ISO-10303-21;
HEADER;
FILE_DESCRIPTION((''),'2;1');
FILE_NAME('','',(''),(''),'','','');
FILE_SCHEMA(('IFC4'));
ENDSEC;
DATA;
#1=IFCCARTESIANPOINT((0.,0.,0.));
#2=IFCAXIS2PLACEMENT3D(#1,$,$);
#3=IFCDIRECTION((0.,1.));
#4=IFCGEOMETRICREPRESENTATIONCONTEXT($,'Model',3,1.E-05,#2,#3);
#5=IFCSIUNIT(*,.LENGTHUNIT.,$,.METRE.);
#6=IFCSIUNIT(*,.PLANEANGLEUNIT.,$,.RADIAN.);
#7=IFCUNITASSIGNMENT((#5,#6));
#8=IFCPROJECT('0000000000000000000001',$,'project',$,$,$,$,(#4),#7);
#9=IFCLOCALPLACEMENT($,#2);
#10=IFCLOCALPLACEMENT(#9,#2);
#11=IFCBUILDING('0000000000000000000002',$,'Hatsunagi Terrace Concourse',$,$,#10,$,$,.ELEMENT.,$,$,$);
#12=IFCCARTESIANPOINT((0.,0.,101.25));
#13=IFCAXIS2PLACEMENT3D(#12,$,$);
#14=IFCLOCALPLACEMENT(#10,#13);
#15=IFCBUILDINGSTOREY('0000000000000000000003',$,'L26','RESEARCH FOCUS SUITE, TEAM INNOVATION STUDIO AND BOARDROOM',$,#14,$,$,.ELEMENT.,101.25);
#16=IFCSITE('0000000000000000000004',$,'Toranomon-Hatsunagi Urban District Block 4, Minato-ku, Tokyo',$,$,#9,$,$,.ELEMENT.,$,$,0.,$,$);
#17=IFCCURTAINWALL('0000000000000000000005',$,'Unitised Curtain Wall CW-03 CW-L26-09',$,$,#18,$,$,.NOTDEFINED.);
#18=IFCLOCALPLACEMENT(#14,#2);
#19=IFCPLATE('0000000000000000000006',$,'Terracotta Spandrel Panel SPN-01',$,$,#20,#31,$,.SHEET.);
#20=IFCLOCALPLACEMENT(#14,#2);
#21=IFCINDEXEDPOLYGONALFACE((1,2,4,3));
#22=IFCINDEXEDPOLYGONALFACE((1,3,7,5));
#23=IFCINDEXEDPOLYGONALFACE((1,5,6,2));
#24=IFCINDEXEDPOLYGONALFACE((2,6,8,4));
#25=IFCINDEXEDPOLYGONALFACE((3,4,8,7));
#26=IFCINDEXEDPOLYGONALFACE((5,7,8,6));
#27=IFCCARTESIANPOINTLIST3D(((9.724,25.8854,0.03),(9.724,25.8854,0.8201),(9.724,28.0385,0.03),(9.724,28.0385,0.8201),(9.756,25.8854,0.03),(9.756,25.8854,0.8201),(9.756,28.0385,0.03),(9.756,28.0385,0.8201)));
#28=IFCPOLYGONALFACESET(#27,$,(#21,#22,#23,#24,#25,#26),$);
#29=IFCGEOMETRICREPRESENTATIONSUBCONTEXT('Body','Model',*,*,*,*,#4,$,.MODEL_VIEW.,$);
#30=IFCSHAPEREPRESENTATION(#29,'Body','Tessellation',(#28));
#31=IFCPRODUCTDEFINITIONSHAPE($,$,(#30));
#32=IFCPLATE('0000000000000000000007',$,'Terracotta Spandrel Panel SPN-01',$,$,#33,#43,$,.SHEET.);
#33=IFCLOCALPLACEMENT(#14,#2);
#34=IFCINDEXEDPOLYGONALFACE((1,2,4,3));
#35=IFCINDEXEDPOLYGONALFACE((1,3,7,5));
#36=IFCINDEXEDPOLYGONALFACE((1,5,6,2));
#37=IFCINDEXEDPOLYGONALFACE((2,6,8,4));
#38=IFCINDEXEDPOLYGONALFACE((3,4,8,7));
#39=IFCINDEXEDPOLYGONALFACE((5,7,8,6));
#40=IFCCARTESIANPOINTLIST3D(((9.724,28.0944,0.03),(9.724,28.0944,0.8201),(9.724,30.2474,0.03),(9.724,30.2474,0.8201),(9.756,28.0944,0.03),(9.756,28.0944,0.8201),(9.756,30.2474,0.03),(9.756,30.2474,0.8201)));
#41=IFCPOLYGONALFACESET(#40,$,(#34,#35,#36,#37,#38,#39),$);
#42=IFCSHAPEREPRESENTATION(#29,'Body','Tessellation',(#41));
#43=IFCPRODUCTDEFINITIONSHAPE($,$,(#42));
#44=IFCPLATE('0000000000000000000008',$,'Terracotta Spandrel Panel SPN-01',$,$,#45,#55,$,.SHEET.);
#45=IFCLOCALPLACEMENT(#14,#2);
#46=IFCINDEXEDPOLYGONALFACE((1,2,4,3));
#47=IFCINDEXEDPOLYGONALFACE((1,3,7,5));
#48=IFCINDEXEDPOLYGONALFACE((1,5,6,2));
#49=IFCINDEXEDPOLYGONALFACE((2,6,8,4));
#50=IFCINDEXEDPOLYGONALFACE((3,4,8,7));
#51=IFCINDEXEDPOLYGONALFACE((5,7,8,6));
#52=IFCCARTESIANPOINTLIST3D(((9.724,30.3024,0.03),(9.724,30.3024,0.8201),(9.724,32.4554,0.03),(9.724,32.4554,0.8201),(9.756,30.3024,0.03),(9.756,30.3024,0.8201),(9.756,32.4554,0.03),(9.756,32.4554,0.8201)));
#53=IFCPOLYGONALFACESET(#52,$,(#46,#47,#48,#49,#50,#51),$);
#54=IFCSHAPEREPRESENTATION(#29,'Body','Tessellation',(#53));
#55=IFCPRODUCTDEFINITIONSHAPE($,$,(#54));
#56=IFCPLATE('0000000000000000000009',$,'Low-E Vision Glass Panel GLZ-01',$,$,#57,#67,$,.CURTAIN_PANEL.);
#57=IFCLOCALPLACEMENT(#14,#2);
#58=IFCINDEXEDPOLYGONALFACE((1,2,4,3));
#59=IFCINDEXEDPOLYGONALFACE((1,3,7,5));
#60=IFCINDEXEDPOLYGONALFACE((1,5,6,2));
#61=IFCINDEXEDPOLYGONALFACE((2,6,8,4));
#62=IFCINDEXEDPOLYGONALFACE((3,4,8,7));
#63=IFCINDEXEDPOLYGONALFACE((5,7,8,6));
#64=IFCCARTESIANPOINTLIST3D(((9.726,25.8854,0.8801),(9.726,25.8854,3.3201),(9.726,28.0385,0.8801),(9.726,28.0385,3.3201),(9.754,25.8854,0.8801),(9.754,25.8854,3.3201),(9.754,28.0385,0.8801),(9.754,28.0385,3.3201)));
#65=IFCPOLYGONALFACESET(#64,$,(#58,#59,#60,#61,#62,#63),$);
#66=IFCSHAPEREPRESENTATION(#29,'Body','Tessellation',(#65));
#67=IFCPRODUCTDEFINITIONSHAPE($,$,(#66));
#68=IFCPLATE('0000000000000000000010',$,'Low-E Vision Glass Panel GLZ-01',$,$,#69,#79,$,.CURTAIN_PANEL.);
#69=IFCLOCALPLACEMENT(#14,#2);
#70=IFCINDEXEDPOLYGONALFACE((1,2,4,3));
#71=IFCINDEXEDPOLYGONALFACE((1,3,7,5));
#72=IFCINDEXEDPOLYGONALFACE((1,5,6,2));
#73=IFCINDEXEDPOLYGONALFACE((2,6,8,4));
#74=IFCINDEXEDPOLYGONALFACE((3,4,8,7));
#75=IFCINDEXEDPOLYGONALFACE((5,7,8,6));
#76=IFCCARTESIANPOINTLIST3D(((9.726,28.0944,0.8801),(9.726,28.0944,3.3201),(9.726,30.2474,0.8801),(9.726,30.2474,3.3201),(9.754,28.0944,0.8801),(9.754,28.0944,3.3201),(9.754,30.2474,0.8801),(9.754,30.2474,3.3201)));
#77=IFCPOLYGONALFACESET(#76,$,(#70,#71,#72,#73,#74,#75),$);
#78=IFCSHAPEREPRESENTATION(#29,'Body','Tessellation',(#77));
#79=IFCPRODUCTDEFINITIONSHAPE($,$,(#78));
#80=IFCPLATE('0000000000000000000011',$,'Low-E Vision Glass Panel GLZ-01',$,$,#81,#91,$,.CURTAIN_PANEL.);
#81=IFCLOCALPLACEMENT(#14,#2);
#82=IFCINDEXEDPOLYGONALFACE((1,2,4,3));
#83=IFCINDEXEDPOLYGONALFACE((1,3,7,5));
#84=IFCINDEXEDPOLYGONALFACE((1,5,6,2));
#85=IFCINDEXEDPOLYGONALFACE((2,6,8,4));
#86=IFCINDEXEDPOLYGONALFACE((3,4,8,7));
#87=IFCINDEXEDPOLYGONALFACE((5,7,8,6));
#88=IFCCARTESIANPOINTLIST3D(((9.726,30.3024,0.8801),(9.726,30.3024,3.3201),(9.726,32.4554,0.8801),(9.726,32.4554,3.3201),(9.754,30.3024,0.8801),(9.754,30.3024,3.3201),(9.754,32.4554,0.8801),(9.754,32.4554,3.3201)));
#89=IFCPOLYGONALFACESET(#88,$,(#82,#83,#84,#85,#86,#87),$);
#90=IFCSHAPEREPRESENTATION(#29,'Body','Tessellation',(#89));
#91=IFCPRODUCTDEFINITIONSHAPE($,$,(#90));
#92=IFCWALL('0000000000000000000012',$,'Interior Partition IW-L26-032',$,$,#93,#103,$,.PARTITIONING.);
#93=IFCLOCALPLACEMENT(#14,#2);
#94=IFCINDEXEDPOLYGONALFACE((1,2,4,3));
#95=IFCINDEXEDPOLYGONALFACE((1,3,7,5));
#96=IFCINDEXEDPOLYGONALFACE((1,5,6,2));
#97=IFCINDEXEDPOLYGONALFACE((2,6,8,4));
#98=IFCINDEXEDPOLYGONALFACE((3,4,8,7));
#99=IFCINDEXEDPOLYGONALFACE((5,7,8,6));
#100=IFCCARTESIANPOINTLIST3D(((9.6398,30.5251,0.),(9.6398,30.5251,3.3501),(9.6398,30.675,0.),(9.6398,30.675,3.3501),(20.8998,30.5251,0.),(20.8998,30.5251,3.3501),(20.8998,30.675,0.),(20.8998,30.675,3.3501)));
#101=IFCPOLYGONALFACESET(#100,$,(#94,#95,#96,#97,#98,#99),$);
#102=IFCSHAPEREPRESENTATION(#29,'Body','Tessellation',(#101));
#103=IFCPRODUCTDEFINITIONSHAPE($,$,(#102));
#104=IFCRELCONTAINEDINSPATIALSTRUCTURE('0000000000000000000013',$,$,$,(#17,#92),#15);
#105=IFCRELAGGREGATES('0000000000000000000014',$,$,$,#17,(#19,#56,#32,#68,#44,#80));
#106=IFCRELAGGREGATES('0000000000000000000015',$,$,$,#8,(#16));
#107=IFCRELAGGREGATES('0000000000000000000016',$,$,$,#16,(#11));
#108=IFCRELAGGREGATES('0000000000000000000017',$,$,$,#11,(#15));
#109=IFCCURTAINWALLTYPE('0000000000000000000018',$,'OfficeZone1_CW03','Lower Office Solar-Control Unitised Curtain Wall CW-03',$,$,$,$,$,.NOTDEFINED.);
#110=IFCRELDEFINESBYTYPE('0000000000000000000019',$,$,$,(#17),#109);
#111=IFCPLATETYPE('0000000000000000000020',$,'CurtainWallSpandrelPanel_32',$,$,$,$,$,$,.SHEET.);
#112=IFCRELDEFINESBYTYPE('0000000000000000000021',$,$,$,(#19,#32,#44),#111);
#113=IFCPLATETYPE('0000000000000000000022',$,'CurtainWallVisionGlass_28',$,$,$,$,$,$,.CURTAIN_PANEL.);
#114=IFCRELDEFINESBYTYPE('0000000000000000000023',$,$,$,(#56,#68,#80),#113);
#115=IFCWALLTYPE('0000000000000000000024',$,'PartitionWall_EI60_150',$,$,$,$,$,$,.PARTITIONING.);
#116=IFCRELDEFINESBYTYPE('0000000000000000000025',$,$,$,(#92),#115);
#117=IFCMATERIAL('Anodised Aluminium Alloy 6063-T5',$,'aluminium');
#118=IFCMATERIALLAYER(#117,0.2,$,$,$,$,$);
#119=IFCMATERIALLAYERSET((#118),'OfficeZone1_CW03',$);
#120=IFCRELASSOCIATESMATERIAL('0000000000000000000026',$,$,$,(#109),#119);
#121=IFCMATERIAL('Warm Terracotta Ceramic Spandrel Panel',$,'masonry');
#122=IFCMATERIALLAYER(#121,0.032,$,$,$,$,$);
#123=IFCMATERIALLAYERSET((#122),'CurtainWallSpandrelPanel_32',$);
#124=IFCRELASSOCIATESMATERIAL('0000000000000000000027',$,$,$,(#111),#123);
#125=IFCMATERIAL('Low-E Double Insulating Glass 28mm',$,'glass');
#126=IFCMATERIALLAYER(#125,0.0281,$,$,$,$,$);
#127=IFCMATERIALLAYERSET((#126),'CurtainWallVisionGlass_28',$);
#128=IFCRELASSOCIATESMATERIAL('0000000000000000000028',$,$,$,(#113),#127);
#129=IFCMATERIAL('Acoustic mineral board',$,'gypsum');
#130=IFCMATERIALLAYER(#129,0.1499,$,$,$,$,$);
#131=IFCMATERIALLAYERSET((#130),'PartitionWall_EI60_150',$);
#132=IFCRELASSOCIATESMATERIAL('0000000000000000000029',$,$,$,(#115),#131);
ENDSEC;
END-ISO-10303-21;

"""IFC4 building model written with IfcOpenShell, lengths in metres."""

from ifc_helpers import new_model, si_unit, direction, frame, frame_2d, origin, origin_2d, place, context, subcontext, project, spatial, rectangle, extrude, material, layer, layer_set, type_object, element, aggregate, save


model = new_model("IFC4")

# Units and contexts
model_context = context("Model", 3, precision=1e-05, world=origin(), true_north=direction((0.0, 1.0)))
body_context = subcontext(model_context, "Body", "Model", "MODEL_VIEW")
ifc_project = project(units=[si_unit("LENGTHUNIT", "METRE"), si_unit("PLANEANGLEUNIT", "RADIAN")], contexts=[model_context])

# Site, building, storey
site_placement = place(None, origin())
site = spatial("IfcSite", under=ifc_project, at=site_placement, Name="Toranomon-Hatsunagi Urban District Block 4, Minato-ku, Tokyo", CompositionType="ELEMENT", RefElevation=0.0)
building_placement = place(site_placement, origin())
building = spatial("IfcBuilding", under=site, at=building_placement, Name="Hatsunagi Terrace Concourse", CompositionType="ELEMENT")
storey_placement = place(building_placement, frame((0.0, 0.0, 101.25)))
storey = spatial("IfcBuildingStorey", under=building, at=storey_placement, Name="L26", Description="RESEARCH FOCUS SUITE, TEAM INNOVATION STUDIO AND BOARDROOM", CompositionType="ELEMENT", Elevation=101.25)

# Curtain wall
ifc_material_1 = material(Name="Anodised Aluminium Alloy 6063-T5", Category="aluminium")
ifc_layer_1 = layer(ifc_material_1, 0.2)
ifc_layer_set_1 = layer_set([ifc_layer_1], Name="OfficeZone1_CW03")
curtain_wall_type = type_object("IfcCurtainWallType", Name="OfficeZone1_CW03", Description="Lower Office Solar-Control Unitised Curtain Wall CW-03", PredefinedType="NOTDEFINED", material=ifc_layer_set_1)
curtain_wall_placement = place(storey_placement, origin())
curtain_wall = element("IfcCurtainWall", 1, at=curtain_wall_placement, inside=storey, type_object=curtain_wall_type, Name="Unitised Curtain Wall CW-03 CW-L26-09", PredefinedType="NOTDEFINED")

# Plates
ifc_material_2 = material(Name="Warm Terracotta Ceramic Spandrel Panel", Category="masonry")
ifc_layer_2 = layer(ifc_material_2, 0.032)
ifc_layer_set_2 = layer_set([ifc_layer_2], Name="CurtainWallSpandrelPanel_32")
plate_type_1 = type_object("IfcPlateType", Name="CurtainWallSpandrelPanel_32", PredefinedType="SHEET", material=ifc_layer_set_2)
plate_1_placement = place(storey_placement, frame((9.74, 26.9619, 0.03), z_axis=(0.0, 0.0, 1.0), x_axis=(0.0, 1.0, 0.0)))
plate_1 = element("IfcPlate", 2, at=plate_1_placement, type_object=plate_type_1, Name="Terracotta Spandrel Panel SPN-01", PredefinedType="SHEET", context=body_context, shape_type="SweptSolid", body=[
    extrude(rectangle(XDim=2.1531, YDim=0.032, at=origin_2d()), origin(), (0.0, 0.0, 1.0), 0.79),
])
plate_2_placement = place(storey_placement, frame((9.74, 29.1709, 0.03), z_axis=(0.0, 0.0, 1.0), x_axis=(0.0, 1.0, 0.0)))
plate_2 = element("IfcPlate", 3, at=plate_2_placement, type_object=plate_type_1, Name="Terracotta Spandrel Panel SPN-01", PredefinedType="SHEET", context=body_context, shape_type="SweptSolid", body=[
    extrude(rectangle(XDim=2.1531, YDim=0.032, at=origin_2d()), origin(), (0.0, 0.0, 1.0), 0.79),
])
plate_3_placement = place(storey_placement, frame((9.74, 31.3789, 0.03), z_axis=(0.0, 0.0, 1.0), x_axis=(0.0, 1.0, 0.0)))
plate_3 = element("IfcPlate", 4, at=plate_3_placement, type_object=plate_type_1, Name="Terracotta Spandrel Panel SPN-01", PredefinedType="SHEET", context=body_context, shape_type="SweptSolid", body=[
    extrude(rectangle(XDim=2.1531, YDim=0.032, at=origin_2d()), origin(), (0.0, 0.0, 1.0), 0.79),
])
ifc_material_3 = material(Name="Low-E Double Insulating Glass 28mm", Category="glass")
ifc_layer_3 = layer(ifc_material_3, 0.0281)
ifc_layer_set_3 = layer_set([ifc_layer_3], Name="CurtainWallVisionGlass_28")
plate_type_2 = type_object("IfcPlateType", Name="CurtainWallVisionGlass_28", PredefinedType="CURTAIN_PANEL", material=ifc_layer_set_3)
plate_4_placement = place(storey_placement, frame((9.74, 26.9619, 0.8801), z_axis=(0.0, 0.0, 1.0), x_axis=(0.0, 1.0, 0.0)))
plate_4 = element("IfcPlate", 5, at=plate_4_placement, type_object=plate_type_2, Name="Low-E Vision Glass Panel GLZ-01", PredefinedType="CURTAIN_PANEL", context=body_context, shape_type="SweptSolid", body=[
    extrude(rectangle(XDim=2.1531, YDim=0.0281, at=origin_2d()), origin(), (0.0, 0.0, 1.0), 2.4399),
])
plate_5_placement = place(storey_placement, frame((9.74, 29.1709, 0.8801), z_axis=(0.0, 0.0, 1.0), x_axis=(0.0, 1.0, 0.0)))
plate_5 = element("IfcPlate", 6, at=plate_5_placement, type_object=plate_type_2, Name="Low-E Vision Glass Panel GLZ-01", PredefinedType="CURTAIN_PANEL", context=body_context, shape_type="SweptSolid", body=[
    extrude(rectangle(XDim=2.1531, YDim=0.0281, at=origin_2d()), origin(), (0.0, 0.0, 1.0), 2.4399),
])
plate_6_placement = place(storey_placement, frame((9.74, 31.3789, 0.8801), z_axis=(0.0, 0.0, 1.0), x_axis=(0.0, 1.0, 0.0)))
plate_6 = element("IfcPlate", 7, at=plate_6_placement, type_object=plate_type_2, Name="Low-E Vision Glass Panel GLZ-01", PredefinedType="CURTAIN_PANEL", context=body_context, shape_type="SweptSolid", body=[
    extrude(rectangle(XDim=2.1531, YDim=0.0281, at=origin_2d()), origin(), (0.0, 0.0, 1.0), 2.4399),
])
aggregate(curtain_wall, [plate_1, plate_4, plate_2, plate_5, plate_3, plate_6])

# Wall
ifc_material_4 = material(Name="Acoustic mineral board", Category="gypsum")
ifc_layer_4 = layer(ifc_material_4, 0.1499)
ifc_layer_set_4 = layer_set([ifc_layer_4], Name="PartitionWall_EI60_150")
wall_type = type_object("IfcWallType", Name="PartitionWall_EI60_150", PredefinedType="PARTITIONING", material=ifc_layer_set_4)
wall_placement = place(storey_placement, frame((9.6399, 30.6001, 0.0), z_axis=(0.0, 0.0, 1.0), x_axis=(1.0, 0.0, 0.0)))
element("IfcWall", 8, at=wall_placement, inside=storey, type_object=wall_type, Name="Interior Partition IW-L26-032", PredefinedType="PARTITIONING", context=body_context, shape_type="SweptSolid", body=[
    extrude(rectangle(XDim=11.26, YDim=0.1499, at=frame_2d((5.6299, 0.0))), origin(), (0.0, 0.0, 1.0), 3.3501),
])

save(model, "model.ifc")
